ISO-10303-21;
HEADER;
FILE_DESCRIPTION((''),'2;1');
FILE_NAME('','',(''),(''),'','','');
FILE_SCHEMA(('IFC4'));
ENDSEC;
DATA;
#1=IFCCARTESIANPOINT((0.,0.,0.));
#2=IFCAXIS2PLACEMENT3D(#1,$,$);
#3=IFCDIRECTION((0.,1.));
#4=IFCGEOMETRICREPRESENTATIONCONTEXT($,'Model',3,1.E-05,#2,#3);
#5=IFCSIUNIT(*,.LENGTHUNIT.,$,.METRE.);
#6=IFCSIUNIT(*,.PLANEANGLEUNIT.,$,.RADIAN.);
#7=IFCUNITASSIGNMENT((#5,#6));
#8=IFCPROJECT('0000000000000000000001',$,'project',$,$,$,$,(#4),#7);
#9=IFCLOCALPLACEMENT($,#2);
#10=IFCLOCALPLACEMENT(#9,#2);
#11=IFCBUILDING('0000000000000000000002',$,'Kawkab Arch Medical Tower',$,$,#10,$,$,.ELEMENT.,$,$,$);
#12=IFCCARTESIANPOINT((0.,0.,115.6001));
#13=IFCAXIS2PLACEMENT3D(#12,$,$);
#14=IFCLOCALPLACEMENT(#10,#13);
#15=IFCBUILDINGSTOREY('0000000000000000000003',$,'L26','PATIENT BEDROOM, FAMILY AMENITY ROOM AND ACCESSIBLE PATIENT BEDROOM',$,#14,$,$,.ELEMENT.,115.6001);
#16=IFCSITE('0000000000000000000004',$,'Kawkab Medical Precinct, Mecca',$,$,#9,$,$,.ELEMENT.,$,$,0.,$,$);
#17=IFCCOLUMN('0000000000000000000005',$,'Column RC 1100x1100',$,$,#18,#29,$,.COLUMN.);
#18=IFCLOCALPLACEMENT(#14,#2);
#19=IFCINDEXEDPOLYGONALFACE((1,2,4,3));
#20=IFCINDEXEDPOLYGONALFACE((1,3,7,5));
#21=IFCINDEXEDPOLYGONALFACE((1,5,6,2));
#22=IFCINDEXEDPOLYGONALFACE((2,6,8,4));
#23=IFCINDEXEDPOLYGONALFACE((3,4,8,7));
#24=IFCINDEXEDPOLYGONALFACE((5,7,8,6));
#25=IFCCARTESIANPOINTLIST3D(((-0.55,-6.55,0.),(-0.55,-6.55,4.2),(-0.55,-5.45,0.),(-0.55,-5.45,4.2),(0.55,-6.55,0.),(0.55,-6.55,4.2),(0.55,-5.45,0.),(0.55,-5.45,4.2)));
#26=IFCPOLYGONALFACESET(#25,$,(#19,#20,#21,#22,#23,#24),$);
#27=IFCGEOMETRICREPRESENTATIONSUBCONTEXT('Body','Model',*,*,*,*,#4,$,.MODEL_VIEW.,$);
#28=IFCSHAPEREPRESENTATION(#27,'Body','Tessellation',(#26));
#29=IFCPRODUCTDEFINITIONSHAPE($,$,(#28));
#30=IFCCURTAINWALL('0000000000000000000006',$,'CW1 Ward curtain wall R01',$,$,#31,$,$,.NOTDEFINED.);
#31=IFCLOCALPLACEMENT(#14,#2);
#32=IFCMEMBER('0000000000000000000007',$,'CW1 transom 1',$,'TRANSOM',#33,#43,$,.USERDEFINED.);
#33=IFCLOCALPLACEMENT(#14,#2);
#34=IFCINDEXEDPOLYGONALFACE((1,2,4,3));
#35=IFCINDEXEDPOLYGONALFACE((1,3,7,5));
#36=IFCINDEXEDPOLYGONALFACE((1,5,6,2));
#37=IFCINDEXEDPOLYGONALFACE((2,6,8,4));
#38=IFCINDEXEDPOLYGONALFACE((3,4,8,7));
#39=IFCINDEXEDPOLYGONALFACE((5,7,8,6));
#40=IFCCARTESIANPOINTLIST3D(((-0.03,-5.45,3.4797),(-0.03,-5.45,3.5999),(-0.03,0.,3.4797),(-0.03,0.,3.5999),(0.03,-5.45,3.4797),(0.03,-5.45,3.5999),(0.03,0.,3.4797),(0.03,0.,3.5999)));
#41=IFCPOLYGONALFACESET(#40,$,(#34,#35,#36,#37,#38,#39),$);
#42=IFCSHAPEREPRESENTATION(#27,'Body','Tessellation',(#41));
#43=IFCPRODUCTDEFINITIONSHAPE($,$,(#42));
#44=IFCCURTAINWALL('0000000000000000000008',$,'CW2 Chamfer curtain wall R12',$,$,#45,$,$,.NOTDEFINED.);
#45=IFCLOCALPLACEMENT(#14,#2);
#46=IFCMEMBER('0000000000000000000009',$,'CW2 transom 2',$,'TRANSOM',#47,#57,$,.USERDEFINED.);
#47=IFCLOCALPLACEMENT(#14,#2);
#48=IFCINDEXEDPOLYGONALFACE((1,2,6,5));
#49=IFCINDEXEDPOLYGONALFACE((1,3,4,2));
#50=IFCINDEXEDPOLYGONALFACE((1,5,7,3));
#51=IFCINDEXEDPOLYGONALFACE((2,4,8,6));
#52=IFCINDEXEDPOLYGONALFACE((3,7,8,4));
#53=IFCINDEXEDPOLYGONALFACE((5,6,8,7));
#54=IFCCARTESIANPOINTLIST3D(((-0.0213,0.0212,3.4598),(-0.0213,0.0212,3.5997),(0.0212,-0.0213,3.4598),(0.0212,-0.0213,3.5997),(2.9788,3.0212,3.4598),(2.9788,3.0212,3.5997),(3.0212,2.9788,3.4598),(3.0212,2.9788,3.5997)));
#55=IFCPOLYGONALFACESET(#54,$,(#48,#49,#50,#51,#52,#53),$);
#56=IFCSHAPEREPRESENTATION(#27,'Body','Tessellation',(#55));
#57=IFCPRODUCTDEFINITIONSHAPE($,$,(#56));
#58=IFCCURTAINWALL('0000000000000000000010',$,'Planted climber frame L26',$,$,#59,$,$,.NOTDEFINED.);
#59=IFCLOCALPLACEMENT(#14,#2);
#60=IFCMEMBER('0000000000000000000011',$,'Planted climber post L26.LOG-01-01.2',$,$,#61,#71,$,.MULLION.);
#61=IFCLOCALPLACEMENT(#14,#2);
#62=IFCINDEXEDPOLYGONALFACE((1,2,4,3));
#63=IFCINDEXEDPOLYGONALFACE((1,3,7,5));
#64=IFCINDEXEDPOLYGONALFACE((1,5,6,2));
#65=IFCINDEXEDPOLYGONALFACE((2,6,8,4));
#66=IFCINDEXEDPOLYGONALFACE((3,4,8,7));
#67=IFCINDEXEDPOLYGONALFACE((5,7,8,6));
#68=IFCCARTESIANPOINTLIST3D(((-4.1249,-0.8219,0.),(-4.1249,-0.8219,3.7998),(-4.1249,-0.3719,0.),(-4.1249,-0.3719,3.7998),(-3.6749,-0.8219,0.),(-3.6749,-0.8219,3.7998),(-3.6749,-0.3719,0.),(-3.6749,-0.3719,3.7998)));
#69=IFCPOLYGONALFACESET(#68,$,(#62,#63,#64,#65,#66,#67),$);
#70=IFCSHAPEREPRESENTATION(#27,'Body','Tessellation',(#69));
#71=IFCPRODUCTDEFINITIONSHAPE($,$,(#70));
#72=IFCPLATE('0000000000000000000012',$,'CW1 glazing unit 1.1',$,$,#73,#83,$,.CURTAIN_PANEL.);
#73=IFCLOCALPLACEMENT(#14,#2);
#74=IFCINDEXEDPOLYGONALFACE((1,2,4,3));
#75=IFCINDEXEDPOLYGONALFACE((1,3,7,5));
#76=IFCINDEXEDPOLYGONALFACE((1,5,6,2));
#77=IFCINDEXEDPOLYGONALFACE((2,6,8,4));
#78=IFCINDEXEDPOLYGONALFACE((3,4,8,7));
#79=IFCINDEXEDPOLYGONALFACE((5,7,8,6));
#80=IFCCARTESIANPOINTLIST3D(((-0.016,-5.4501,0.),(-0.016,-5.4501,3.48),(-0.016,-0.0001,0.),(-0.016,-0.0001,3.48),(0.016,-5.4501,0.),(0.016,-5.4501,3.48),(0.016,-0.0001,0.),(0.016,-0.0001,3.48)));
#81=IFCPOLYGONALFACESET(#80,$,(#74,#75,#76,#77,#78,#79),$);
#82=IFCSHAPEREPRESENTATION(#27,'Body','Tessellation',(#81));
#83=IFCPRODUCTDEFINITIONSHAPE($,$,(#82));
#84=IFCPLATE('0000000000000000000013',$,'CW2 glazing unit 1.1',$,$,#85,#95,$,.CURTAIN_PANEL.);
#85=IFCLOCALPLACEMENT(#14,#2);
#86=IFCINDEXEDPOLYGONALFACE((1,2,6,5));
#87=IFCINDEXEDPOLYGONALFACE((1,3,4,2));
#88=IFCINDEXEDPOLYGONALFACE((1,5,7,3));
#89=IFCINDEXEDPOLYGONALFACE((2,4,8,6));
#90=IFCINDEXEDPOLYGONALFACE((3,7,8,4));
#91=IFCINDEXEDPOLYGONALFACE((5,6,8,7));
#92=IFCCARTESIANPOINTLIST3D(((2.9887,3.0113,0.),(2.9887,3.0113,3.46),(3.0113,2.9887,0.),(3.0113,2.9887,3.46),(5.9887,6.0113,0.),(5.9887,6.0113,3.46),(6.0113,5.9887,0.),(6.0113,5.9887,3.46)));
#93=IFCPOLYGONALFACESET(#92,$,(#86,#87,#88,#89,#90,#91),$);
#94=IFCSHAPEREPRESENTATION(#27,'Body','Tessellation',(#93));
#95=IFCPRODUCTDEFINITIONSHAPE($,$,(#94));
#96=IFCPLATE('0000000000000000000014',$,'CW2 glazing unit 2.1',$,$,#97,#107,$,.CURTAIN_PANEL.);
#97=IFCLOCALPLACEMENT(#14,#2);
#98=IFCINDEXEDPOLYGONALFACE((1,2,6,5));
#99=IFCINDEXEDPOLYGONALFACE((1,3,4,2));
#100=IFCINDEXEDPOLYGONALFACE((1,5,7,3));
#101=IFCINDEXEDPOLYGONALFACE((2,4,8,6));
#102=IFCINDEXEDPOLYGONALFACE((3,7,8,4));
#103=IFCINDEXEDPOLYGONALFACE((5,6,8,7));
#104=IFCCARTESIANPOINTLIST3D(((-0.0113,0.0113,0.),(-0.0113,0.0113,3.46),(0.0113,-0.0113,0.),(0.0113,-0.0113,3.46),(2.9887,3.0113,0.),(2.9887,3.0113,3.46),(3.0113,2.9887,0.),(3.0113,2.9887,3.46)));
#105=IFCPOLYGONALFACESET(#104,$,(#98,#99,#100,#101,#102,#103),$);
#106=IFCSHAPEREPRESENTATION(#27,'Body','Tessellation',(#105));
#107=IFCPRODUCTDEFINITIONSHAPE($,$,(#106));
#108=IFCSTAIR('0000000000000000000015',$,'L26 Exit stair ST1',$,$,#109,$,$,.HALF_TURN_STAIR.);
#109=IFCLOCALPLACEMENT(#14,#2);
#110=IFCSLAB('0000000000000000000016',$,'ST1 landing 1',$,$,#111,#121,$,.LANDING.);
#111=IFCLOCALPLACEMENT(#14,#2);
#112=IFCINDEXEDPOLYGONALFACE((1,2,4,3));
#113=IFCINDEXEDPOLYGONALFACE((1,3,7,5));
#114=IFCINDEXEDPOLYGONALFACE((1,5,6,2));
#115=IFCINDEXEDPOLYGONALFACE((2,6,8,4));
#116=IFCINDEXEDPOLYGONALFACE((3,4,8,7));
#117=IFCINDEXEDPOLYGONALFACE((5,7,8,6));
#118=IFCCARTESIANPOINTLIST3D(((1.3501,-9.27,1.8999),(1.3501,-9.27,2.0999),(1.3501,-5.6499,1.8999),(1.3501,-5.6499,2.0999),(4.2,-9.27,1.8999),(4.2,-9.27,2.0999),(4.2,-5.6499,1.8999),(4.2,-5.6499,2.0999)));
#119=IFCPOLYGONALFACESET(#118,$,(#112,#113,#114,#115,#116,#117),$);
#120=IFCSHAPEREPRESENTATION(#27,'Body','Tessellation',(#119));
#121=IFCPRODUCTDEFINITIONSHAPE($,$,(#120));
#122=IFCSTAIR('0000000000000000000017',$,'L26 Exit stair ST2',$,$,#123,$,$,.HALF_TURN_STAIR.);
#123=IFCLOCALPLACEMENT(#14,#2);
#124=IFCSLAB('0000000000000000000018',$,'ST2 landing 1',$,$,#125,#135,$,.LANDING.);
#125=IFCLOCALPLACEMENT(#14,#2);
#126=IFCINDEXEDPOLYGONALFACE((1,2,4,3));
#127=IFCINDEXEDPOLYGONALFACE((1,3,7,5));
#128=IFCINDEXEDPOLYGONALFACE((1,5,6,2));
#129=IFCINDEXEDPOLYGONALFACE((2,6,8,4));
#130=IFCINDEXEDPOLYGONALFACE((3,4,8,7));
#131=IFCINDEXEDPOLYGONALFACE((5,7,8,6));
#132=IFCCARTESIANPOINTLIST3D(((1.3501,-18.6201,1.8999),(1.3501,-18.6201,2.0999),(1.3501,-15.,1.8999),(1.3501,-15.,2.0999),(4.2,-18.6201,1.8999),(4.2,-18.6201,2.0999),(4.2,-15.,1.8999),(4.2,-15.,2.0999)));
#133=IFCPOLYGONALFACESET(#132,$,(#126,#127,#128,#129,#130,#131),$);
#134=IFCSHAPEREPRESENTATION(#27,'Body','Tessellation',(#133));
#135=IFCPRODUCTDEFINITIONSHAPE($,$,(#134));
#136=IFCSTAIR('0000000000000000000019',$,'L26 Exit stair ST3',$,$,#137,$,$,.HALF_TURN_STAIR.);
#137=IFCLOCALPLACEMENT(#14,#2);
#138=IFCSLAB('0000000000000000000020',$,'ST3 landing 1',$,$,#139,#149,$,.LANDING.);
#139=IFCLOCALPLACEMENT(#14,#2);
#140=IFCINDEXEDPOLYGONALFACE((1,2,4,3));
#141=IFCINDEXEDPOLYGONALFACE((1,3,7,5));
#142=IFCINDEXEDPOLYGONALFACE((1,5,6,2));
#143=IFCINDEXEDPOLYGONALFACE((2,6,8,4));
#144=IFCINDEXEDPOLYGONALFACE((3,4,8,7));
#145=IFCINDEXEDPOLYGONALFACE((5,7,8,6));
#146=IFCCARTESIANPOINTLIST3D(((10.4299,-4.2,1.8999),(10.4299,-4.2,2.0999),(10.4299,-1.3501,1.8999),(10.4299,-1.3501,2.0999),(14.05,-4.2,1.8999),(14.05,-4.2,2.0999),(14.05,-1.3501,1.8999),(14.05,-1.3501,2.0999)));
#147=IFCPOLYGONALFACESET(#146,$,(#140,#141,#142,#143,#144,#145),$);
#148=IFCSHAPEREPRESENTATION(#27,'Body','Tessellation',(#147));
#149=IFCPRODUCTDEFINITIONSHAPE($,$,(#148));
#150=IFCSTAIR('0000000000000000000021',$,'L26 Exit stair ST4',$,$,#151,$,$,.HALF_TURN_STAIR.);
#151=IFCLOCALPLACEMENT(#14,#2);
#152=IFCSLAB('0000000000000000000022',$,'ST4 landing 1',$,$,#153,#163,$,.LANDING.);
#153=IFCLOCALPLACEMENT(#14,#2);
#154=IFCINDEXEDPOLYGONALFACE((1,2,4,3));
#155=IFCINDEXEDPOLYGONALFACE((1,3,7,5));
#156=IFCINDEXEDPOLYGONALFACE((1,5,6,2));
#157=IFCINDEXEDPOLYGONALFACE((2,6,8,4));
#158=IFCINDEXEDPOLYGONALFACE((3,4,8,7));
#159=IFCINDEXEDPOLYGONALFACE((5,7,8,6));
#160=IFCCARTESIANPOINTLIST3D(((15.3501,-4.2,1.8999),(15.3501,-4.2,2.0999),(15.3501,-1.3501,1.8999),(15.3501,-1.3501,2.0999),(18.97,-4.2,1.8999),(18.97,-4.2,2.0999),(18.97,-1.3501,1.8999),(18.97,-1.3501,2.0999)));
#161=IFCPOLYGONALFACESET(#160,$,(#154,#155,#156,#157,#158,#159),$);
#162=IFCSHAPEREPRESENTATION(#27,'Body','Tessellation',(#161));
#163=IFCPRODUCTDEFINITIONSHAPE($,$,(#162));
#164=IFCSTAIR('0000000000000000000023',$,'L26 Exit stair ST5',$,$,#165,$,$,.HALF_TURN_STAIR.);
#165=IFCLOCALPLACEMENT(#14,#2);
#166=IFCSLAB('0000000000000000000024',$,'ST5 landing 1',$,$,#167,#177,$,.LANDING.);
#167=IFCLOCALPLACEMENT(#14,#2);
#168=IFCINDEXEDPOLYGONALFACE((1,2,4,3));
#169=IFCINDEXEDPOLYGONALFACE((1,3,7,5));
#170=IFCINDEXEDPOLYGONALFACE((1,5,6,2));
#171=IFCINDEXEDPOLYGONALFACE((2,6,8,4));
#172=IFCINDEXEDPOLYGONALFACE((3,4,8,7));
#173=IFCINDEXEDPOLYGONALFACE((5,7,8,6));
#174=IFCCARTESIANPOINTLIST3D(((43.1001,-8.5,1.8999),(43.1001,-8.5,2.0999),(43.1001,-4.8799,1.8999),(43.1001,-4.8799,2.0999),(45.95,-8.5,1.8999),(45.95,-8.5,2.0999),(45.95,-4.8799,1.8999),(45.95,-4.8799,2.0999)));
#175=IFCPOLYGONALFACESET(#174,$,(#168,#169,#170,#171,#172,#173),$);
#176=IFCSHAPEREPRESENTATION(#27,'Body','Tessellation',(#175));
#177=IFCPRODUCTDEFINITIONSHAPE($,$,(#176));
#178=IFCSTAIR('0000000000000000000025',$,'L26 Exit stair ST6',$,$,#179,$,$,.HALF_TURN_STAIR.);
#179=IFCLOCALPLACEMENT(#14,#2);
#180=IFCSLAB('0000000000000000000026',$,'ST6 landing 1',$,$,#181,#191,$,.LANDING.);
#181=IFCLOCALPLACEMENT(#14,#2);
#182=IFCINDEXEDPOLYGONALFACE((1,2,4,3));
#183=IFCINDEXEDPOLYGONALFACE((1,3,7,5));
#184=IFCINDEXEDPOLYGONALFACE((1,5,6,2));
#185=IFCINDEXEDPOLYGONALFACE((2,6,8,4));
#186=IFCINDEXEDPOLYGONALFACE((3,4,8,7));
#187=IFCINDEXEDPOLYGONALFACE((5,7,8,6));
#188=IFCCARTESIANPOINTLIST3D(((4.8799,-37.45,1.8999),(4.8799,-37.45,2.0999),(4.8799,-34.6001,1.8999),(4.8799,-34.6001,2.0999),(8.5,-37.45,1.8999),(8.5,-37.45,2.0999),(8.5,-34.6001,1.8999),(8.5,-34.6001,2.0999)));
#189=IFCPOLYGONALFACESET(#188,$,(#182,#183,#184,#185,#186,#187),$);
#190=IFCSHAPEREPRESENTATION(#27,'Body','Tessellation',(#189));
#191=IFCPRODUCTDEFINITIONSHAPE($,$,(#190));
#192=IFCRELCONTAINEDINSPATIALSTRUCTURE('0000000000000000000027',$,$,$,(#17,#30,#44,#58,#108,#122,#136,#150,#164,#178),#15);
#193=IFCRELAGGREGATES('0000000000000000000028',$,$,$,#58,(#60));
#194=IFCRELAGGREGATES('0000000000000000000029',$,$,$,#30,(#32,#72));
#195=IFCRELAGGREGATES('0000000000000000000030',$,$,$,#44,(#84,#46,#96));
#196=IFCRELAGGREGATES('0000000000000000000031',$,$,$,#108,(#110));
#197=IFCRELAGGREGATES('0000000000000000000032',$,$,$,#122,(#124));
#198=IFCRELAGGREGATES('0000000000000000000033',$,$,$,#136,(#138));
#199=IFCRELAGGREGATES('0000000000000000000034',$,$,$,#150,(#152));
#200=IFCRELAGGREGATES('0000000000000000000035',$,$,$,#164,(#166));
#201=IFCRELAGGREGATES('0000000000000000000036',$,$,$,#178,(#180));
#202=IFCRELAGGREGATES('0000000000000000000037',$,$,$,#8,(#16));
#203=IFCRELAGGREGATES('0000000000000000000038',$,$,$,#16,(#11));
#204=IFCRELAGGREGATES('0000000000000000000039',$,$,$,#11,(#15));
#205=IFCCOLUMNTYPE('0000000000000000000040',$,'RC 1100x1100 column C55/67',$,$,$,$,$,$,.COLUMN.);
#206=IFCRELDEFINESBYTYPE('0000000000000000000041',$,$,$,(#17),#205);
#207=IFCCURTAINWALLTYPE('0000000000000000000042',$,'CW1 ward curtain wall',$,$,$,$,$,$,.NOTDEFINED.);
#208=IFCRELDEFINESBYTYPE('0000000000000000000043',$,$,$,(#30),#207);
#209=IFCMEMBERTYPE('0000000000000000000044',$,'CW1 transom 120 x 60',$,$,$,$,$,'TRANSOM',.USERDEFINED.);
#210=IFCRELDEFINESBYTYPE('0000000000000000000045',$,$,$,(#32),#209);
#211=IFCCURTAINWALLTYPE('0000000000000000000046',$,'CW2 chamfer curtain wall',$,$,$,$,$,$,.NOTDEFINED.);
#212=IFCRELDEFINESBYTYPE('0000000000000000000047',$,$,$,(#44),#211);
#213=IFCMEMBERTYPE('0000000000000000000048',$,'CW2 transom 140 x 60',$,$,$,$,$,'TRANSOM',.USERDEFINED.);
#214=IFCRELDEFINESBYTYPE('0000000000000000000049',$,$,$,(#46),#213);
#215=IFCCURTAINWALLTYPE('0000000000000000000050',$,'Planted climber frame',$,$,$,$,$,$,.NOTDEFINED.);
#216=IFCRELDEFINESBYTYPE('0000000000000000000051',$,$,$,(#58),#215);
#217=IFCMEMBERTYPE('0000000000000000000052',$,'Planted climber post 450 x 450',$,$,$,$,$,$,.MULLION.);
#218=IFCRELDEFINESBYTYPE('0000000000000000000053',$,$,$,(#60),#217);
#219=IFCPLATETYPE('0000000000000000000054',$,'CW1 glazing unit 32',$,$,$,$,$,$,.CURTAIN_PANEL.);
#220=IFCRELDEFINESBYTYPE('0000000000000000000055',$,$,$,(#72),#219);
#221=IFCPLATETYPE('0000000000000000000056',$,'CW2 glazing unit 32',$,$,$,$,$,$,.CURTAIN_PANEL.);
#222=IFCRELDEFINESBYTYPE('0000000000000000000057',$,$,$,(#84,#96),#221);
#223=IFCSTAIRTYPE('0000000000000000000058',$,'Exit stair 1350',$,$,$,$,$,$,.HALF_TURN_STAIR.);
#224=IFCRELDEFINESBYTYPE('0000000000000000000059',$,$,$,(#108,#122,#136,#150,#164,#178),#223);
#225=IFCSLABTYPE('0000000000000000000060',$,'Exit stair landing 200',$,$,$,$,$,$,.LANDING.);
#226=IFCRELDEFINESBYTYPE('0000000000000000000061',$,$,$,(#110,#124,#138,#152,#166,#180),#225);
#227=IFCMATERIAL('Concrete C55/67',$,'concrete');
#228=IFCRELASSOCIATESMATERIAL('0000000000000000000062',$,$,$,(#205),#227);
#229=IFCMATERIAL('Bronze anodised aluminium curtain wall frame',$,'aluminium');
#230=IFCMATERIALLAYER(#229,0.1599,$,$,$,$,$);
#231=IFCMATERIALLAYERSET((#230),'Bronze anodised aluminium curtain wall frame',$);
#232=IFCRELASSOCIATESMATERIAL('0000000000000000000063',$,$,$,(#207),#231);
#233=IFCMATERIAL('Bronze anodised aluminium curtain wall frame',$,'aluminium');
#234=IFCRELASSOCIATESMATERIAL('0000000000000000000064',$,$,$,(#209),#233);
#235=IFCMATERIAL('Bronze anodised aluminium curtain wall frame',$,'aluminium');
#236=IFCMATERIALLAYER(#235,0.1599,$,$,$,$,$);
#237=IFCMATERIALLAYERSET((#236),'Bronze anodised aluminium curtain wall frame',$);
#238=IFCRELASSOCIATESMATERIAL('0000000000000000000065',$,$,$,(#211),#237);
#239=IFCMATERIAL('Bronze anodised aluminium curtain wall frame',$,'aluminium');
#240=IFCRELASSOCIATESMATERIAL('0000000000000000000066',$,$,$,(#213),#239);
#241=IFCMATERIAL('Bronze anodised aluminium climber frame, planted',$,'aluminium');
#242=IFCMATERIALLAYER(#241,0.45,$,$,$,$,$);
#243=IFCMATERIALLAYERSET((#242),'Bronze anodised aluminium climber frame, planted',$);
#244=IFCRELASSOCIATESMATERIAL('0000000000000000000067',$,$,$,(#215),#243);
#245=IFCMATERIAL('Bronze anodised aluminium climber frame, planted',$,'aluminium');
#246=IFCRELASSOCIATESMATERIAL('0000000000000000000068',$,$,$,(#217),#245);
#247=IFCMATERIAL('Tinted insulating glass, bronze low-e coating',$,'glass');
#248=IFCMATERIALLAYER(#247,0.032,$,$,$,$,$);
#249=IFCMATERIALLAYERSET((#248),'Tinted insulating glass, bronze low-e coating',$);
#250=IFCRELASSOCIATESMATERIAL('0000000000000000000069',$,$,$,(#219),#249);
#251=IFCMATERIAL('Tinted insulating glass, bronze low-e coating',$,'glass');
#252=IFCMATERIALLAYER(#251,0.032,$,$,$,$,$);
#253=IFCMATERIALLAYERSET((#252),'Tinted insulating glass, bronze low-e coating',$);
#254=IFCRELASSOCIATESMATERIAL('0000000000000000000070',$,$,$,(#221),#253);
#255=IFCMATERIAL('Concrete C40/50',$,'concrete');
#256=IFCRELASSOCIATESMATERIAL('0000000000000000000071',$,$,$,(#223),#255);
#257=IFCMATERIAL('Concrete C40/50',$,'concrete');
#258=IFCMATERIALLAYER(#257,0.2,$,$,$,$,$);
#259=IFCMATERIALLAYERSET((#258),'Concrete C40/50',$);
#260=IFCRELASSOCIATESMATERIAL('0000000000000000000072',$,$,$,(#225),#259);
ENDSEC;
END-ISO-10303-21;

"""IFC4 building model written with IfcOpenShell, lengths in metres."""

from ifc_helpers import new_model, si_unit, direction, frame, origin, origin_2d, place, context, subcontext, project, spatial, polyline, rectangle, outline, extrude, material, layer, layer_set, material_profile, profile_set, type_object, element, aggregate, save


model = new_model("IFC4")

# Units and contexts
model_context = context("Model", 3, precision=1e-05, world=origin(), true_north=direction((0.0, 1.0)))
body_context = subcontext(model_context, "Body", "Model", "MODEL_VIEW")
ifc_project = project(units=[si_unit("LENGTHUNIT", "METRE"), si_unit("PLANEANGLEUNIT", "RADIAN")], contexts=[model_context])

# Site, building, storey
site_placement = place(None, origin())
site = spatial("IfcSite", under=ifc_project, at=site_placement, Name="Kawkab Medical Precinct, Mecca", CompositionType="ELEMENT", RefElevation=0.0)
building_placement = place(site_placement, origin())
building = spatial("IfcBuilding", under=site, at=building_placement, Name="Kawkab Arch Medical Tower", CompositionType="ELEMENT")
storey_placement = place(building_placement, frame((0.0, 0.0, 115.6001)))
storey = spatial("IfcBuildingStorey", under=building, at=storey_placement, Name="L26", Description="PATIENT BEDROOM, FAMILY AMENITY ROOM AND ACCESSIBLE PATIENT BEDROOM", CompositionType="ELEMENT", Elevation=115.6001)

# Column
ifc_material_1 = material(Name="Concrete C55/67", Category="concrete")
ifc_material_profile_1 = material_profile(ifc_material_1, rectangle(XDim=1.1001, YDim=1.1001, at=origin_2d()), Name="RC 1100x1100")
ifc_profile_set_1 = profile_set([ifc_material_profile_1], Name="Concrete C55/67")
column_type = type_object("IfcColumnType", Name="RC 1100x1100 column C55/67", PredefinedType="COLUMN", material=ifc_profile_set_1)
column_placement = place(storey_placement, frame((0.0, -6.0, 0.0), z_axis=(0.0, 0.0, 1.0), x_axis=(1.0, 0.0, 0.0)))
element("IfcColumn", 1, at=column_placement, inside=storey, type_object=column_type, Name="Column RC 1100x1100", PredefinedType="COLUMN", context=body_context, shape_type="SweptSolid", body=[
    extrude(rectangle(XDim=1.1001, YDim=1.1001, at=origin_2d()), origin(), (0.0, 0.0, 1.0), 4.2),
])

# Curtain walls, members
ifc_material_2 = material(Name="Bronze anodised aluminium curtain wall frame", Category="aluminium")
ifc_layer_1 = layer(ifc_material_2, 0.1599)
ifc_layer_set_1 = layer_set([ifc_layer_1], Name="Bronze anodised aluminium curtain wall frame")
curtain_wall_type_1 = type_object("IfcCurtainWallType", Name="CW1 ward curtain wall", PredefinedType="NOTDEFINED", material=ifc_layer_set_1)
placement_1 = place(storey_placement, origin())
curtain_wall_1 = element("IfcCurtainWall", 2, at=placement_1, inside=storey, type_object=curtain_wall_type_1, Name="CW1 Ward curtain wall R01", PredefinedType="NOTDEFINED")
ifc_material_3 = material(Name="Bronze anodised aluminium curtain wall frame", Category="aluminium")
ifc_material_profile_2 = material_profile(ifc_material_3, rectangle(XDim=0.0601, YDim=0.1201, at=origin_2d()), Name="AL 60x120")
ifc_profile_set_2 = profile_set([ifc_material_profile_2], Name="Bronze anodised aluminium curtain wall frame")
member_type_1 = type_object("IfcMemberType", Name="CW1 transom 120 x 60", ElementType="TRANSOM", PredefinedType="USERDEFINED", material=ifc_profile_set_2)
member_1_placement = place(storey_placement, frame((0.0, 0.0, 3.5398), z_axis=(0.0, -1.0, 0.0), x_axis=(1.0, 0.0, 0.0)))
member_1 = element("IfcMember", 3, at=member_1_placement, type_object=member_type_1, Name="CW1 transom 1", ObjectType="TRANSOM", PredefinedType="USERDEFINED", context=body_context, shape_type="SweptSolid", body=[
    extrude(rectangle(XDim=0.0601, YDim=0.1201, at=origin_2d()), origin(), (0.0, 0.0, 1.0), 5.45),
])
ifc_material_4 = material(Name="Bronze anodised aluminium curtain wall frame", Category="aluminium")
ifc_layer_2 = layer(ifc_material_4, 0.1599)
ifc_layer_set_2 = layer_set([ifc_layer_2], Name="Bronze anodised aluminium curtain wall frame")
curtain_wall_type_2 = type_object("IfcCurtainWallType", Name="CW2 chamfer curtain wall", PredefinedType="NOTDEFINED", material=ifc_layer_set_2)
curtain_wall_2 = element("IfcCurtainWall", 4, at=placement_1, inside=storey, type_object=curtain_wall_type_2, Name="CW2 Chamfer curtain wall R12", PredefinedType="NOTDEFINED")
ifc_material_5 = material(Name="Bronze anodised aluminium curtain wall frame", Category="aluminium")
ifc_material_profile_3 = material_profile(ifc_material_5, rectangle(XDim=0.0601, YDim=0.1399, at=origin_2d()), Name="AL 60x140")
ifc_profile_set_3 = profile_set([ifc_material_profile_3], Name="Bronze anodised aluminium curtain wall frame")
member_type_2 = type_object("IfcMemberType", Name="CW2 transom 140 x 60", ElementType="TRANSOM", PredefinedType="USERDEFINED", material=ifc_profile_set_3)
member_2_placement = place(storey_placement, frame((3.0, 3.0, 3.5298), z_axis=(-0.707107, -0.707107, 0.0), x_axis=(0.707107, -0.707107, 0.0)))
member_2 = element("IfcMember", 5, at=member_2_placement, type_object=member_type_2, Name="CW2 transom 2", ObjectType="TRANSOM", PredefinedType="USERDEFINED", context=body_context, shape_type="SweptSolid", body=[
    extrude(rectangle(XDim=0.0601, YDim=0.1399, at=origin_2d()), origin(), (0.0, 0.0, 1.0), 4.2427),
])
ifc_material_6 = material(Name="Bronze anodised aluminium climber frame, planted", Category="aluminium")
ifc_layer_3 = layer(ifc_material_6, 0.45)
ifc_layer_set_3 = layer_set([ifc_layer_3], Name="Bronze anodised aluminium climber frame, planted")
curtain_wall_type_3 = type_object("IfcCurtainWallType", Name="Planted climber frame", PredefinedType="NOTDEFINED", material=ifc_layer_set_3)
curtain_wall_3 = element("IfcCurtainWall", 6, at=placement_1, inside=storey, type_object=curtain_wall_type_3, Name="Planted climber frame L26", PredefinedType="NOTDEFINED")
ifc_material_7 = material(Name="Bronze anodised aluminium climber frame, planted", Category="aluminium")
ifc_material_profile_4 = material_profile(ifc_material_7, rectangle(XDim=0.45, YDim=0.45, at=origin_2d()), Name="Post 450x450")
ifc_profile_set_4 = profile_set([ifc_material_profile_4], Name="Bronze anodised aluminium climber frame, planted")
member_type_3 = type_object("IfcMemberType", Name="Planted climber post 450 x 450", PredefinedType="MULLION", material=ifc_profile_set_4)
member_3_placement = place(storey_placement, frame((-3.8999, -0.5969, 0.0), z_axis=(0.0, 0.0, 1.0), x_axis=(1.0, 0.0, 0.0)))
member_3 = element("IfcMember", 7, at=member_3_placement, type_object=member_type_3, Name="Planted climber post L26.LOG-01-01.2", PredefinedType="MULLION", context=body_context, shape_type="SweptSolid", body=[
    extrude(rectangle(XDim=0.45, YDim=0.45, at=origin_2d()), origin(), (0.0, 0.0, 1.0), 3.7998),
])
aggregate(curtain_wall_3, [member_3])

# Plates
ifc_material_8 = material(Name="Tinted insulating glass, bronze low-e coating", Category="glass")
ifc_layer_4 = layer(ifc_material_8, 0.032)
ifc_layer_set_4 = layer_set([ifc_layer_4], Name="Tinted insulating glass, bronze low-e coating")
plate_type_1 = type_object("IfcPlateType", Name="CW1 glazing unit 32", PredefinedType="CURTAIN_PANEL", material=ifc_layer_set_4)
plate_1_placement = place(storey_placement, frame((0.0, -2.7251, 0.0), z_axis=(0.0, 0.0, 1.0), x_axis=(0.0, -1.0, 0.0)))
plate_1 = element("IfcPlate", 8, at=plate_1_placement, type_object=plate_type_1, Name="CW1 glazing unit 1.1", PredefinedType="CURTAIN_PANEL", context=body_context, shape_type="SweptSolid", body=[
    extrude(rectangle(XDim=5.45, YDim=0.032, at=origin_2d()), origin(), (0.0, 0.0, 1.0), 3.48),
])
aggregate(curtain_wall_1, [member_1, plate_1])
ifc_material_9 = material(Name="Tinted insulating glass, bronze low-e coating", Category="glass")
ifc_layer_5 = layer(ifc_material_9, 0.032)
ifc_layer_set_5 = layer_set([ifc_layer_5], Name="Tinted insulating glass, bronze low-e coating")
plate_type_2 = type_object("IfcPlateType", Name="CW2 glazing unit 32", PredefinedType="CURTAIN_PANEL", material=ifc_layer_set_5)
plate_2_placement = place(storey_placement, frame((4.5, 4.5, 0.0), z_axis=(0.0, 0.0, 1.0), x_axis=(-0.707107, -0.707107, 0.0)))
plate_2 = element("IfcPlate", 9, at=plate_2_placement, type_object=plate_type_2, Name="CW2 glazing unit 1.1", PredefinedType="CURTAIN_PANEL", context=body_context, shape_type="SweptSolid", body=[
    extrude(rectangle(XDim=4.2427, YDim=0.032, at=origin_2d()), origin(), (0.0, 0.0, 1.0), 3.46),
])
plate_3_placement = place(storey_placement, frame((1.5, 1.5, 0.0), z_axis=(0.0, 0.0, 1.0), x_axis=(-0.707107, -0.707107, 0.0)))
plate_3 = element("IfcPlate", 10, at=plate_3_placement, type_object=plate_type_2, Name="CW2 glazing unit 2.1", PredefinedType="CURTAIN_PANEL", context=body_context, shape_type="SweptSolid", body=[
    extrude(rectangle(XDim=4.2427, YDim=0.032, at=origin_2d()), origin(), (0.0, 0.0, 1.0), 3.46),
])
aggregate(curtain_wall_2, [plate_2, member_2, plate_3])

# Stairs, slabs
ifc_material_10 = material(Name="Concrete C40/50", Category="concrete")
stair_type = type_object("IfcStairType", Name="Exit stair 1350", PredefinedType="HALF_TURN_STAIR", material=ifc_material_10)
stair_1 = element("IfcStair", 11, at=placement_1, inside=storey, type_object=stair_type, Name="L26 Exit stair ST1", PredefinedType="HALF_TURN_STAIR")
ifc_material_11 = material(Name="Concrete C40/50", Category="concrete")
ifc_layer_6 = layer(ifc_material_11, 0.2)
ifc_layer_set_6 = layer_set([ifc_layer_6], Name="Concrete C40/50")
slab_type_1 = type_object("IfcSlabType", Name="Exit stair landing 200", PredefinedType="LANDING", material=ifc_layer_set_6)
placement_2 = place(storey_placement, frame((0.0, 0.0, 1.8999)))
slab_1 = element("IfcSlab", 12, at=placement_2, type_object=slab_type_1, Name="ST1 landing 1", PredefinedType="LANDING", context=body_context, shape_type="SweptSolid", body=[
    extrude(outline(polyline([(4.2, -9.27), (4.2, -5.6499), (1.3501, -5.6499), (1.3501, -9.27), (4.2, -9.27)])), origin(), (0.0, 0.0, 1.0), 0.2),
])
aggregate(stair_1, [slab_1])
stair_2 = element("IfcStair", 13, at=placement_1, inside=storey, type_object=stair_type, Name="L26 Exit stair ST2", PredefinedType="HALF_TURN_STAIR")
slab_2 = element("IfcSlab", 14, at=placement_2, type_object=slab_type_1, Name="ST2 landing 1", PredefinedType="LANDING", context=body_context, shape_type="SweptSolid", body=[
    extrude(outline(polyline([(4.2, -18.6201), (4.2, -15.0), (1.3501, -15.0), (1.3501, -18.6201), (4.2, -18.6201)])), origin(), (0.0, 0.0, 1.0), 0.2),
])
aggregate(stair_2, [slab_2])
stair_3 = element("IfcStair", 15, at=placement_1, inside=storey, type_object=stair_type, Name="L26 Exit stair ST3", PredefinedType="HALF_TURN_STAIR")
slab_3 = element("IfcSlab", 16, at=placement_2, type_object=slab_type_1, Name="ST3 landing 1", PredefinedType="LANDING", context=body_context, shape_type="SweptSolid", body=[
    extrude(outline(polyline([(10.4299, -4.2), (14.05, -4.2), (14.05, -1.3501), (10.4299, -1.3501), (10.4299, -4.2)])), origin(), (0.0, 0.0, 1.0), 0.2),
])
aggregate(stair_3, [slab_3])
stair_4 = element("IfcStair", 17, at=placement_1, inside=storey, type_object=stair_type, Name="L26 Exit stair ST4", PredefinedType="HALF_TURN_STAIR")
slab_4 = element("IfcSlab", 18, at=placement_2, type_object=slab_type_1, Name="ST4 landing 1", PredefinedType="LANDING", context=body_context, shape_type="SweptSolid", body=[
    extrude(outline(polyline([(18.97, -1.3501), (15.3501, -1.3501), (15.3501, -4.2), (18.97, -4.2), (18.97, -1.3501)])), origin(), (0.0, 0.0, 1.0), 0.2),
])
aggregate(stair_4, [slab_4])
stair_5 = element("IfcStair", 19, at=placement_1, inside=storey, type_object=stair_type, Name="L26 Exit stair ST5", PredefinedType="HALF_TURN_STAIR")
slab_5 = element("IfcSlab", 20, at=placement_2, type_object=slab_type_1, Name="ST5 landing 1", PredefinedType="LANDING", context=body_context, shape_type="SweptSolid", body=[
    extrude(outline(polyline([(43.1001, -4.8799), (43.1001, -8.5), (45.95, -8.5), (45.95, -4.8799), (43.1001, -4.8799)])), origin(), (0.0, 0.0, 1.0), 0.2),
])
aggregate(stair_5, [slab_5])
stair_6 = element("IfcStair", 21, at=placement_1, inside=storey, type_object=stair_type, Name="L26 Exit stair ST6", PredefinedType="HALF_TURN_STAIR")
slab_6 = element("IfcSlab", 22, at=placement_2, type_object=slab_type_1, Name="ST6 landing 1", PredefinedType="LANDING", context=body_context, shape_type="SweptSolid", body=[
    extrude(outline(polyline([(4.8799, -37.45), (8.5, -37.45), (8.5, -34.6001), (4.8799, -34.6001), (4.8799, -37.45)])), origin(), (0.0, 0.0, 1.0), 0.2),
])
aggregate(stair_6, [slab_6])

save(model, "model.ifc")
